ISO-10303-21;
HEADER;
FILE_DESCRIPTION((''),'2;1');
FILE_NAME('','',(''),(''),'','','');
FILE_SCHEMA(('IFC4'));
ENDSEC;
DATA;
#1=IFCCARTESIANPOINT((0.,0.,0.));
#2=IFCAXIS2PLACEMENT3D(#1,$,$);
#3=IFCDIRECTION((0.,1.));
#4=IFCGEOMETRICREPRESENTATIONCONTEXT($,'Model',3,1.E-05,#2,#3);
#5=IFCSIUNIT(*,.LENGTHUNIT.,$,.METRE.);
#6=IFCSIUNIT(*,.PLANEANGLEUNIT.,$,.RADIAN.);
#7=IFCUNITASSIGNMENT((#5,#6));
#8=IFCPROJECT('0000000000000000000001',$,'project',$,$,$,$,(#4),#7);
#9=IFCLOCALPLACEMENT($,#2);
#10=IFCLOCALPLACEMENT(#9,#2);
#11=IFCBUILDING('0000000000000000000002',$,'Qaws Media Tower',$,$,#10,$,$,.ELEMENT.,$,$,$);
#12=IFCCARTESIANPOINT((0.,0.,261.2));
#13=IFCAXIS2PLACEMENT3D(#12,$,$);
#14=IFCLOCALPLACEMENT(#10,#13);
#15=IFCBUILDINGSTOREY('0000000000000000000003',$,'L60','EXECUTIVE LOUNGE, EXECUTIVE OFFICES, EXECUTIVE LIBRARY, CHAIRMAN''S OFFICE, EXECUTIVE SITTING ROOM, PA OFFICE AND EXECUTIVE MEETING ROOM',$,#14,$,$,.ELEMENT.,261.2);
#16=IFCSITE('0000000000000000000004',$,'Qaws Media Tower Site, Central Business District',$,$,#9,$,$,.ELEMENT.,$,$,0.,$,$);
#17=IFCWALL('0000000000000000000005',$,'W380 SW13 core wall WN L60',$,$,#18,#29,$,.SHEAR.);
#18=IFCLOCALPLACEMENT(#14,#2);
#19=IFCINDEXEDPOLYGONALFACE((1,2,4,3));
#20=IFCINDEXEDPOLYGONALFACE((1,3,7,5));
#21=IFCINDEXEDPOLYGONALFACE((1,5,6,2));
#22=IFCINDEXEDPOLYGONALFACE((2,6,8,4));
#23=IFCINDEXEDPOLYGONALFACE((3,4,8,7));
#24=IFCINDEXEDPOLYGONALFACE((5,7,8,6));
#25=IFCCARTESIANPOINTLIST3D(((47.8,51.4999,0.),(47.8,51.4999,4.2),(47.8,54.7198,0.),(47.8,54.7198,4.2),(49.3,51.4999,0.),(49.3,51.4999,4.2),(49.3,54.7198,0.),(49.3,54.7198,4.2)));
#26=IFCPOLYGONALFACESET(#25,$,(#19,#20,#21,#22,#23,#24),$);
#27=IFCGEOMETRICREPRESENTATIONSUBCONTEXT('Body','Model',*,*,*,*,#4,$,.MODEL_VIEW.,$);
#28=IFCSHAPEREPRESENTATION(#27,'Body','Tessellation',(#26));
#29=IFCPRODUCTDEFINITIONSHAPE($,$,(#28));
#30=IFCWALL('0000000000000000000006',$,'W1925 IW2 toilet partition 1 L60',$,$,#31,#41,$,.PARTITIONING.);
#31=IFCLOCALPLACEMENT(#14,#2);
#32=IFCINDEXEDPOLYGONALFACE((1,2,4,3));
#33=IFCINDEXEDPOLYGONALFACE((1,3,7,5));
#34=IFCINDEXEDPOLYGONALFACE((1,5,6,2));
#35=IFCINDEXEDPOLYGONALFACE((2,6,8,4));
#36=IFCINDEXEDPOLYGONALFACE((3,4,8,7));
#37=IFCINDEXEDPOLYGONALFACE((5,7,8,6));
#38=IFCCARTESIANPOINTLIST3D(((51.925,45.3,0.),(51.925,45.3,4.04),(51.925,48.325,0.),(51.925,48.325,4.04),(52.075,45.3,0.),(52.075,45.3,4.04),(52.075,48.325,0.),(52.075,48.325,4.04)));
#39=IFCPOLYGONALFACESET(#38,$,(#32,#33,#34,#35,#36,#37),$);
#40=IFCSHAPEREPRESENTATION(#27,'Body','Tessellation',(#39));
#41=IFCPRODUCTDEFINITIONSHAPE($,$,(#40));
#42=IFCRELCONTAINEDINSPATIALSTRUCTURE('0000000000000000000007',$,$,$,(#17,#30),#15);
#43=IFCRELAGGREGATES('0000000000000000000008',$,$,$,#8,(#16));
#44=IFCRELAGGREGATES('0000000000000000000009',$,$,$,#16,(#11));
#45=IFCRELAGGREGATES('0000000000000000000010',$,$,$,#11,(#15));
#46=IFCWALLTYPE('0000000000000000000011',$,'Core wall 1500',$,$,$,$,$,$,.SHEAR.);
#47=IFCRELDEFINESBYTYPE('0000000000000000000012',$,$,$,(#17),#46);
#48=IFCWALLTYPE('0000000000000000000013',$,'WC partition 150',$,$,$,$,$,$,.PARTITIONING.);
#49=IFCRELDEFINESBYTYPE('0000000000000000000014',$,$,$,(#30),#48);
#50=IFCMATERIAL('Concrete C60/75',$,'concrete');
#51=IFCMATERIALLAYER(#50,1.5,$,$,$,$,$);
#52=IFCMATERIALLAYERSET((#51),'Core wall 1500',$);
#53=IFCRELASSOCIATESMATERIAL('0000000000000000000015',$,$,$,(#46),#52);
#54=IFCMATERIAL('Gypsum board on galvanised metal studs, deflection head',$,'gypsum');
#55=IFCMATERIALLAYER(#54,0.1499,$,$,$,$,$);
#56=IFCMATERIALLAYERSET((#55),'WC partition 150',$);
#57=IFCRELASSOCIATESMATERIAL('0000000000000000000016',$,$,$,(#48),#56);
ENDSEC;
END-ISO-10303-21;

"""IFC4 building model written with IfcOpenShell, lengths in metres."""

from ifc_helpers import new_model, si_unit, direction, frame, frame_2d, origin, place, context, subcontext, project, spatial, rectangle, extrude, material, layer, layer_set, type_object, element, save


model = new_model("IFC4")

# Units and contexts
model_context = context("Model", 3, precision=1e-05, world=origin(), true_north=direction((0.0, 1.0)))
body_context = subcontext(model_context, "Body", "Model", "MODEL_VIEW")
ifc_project = project(units=[si_unit("LENGTHUNIT", "METRE"), si_unit("PLANEANGLEUNIT", "RADIAN")], contexts=[model_context])

# Site, building, storey
site_placement = place(None, origin())
site = spatial("IfcSite", under=ifc_project, at=site_placement, Name="Qaws Media Tower Site, Central Business District", CompositionType="ELEMENT", RefElevation=0.0)
building_placement = place(site_placement, origin())
building = spatial("IfcBuilding", under=site, at=building_placement, Name="Qaws Media Tower", CompositionType="ELEMENT")
storey_placement = place(building_placement, frame((0.0, 0.0, 261.2)))
storey = spatial("IfcBuildingStorey", under=building, at=storey_placement, Name="L60", Description="EXECUTIVE LOUNGE, EXECUTIVE OFFICES, EXECUTIVE LIBRARY, CHAIRMAN'S OFFICE, EXECUTIVE SITTING ROOM, PA OFFICE AND EXECUTIVE MEETING ROOM", CompositionType="ELEMENT", Elevation=261.2)

# Shared definitions
ifc_material_1 = material(Name="Concrete C60/75", Category="concrete")
ifc_layer_1 = layer(ifc_material_1, 1.5)
ifc_layer_set_1 = layer_set([ifc_layer_1], Name="Core wall 1500")
wall_type_1 = type_object("IfcWallType", Name="Core wall 1500", PredefinedType="SHEAR", material=ifc_layer_set_1)

# Walls
wall_1_placement = place(storey_placement, frame((48.55, 51.5, 0.0), z_axis=(0.0, 0.0, 1.0), x_axis=(0.0, 1.0, 0.0)))
element("IfcWall", 1, at=wall_1_placement, inside=storey, type_object=wall_type_1, Name="W380 SW13 core wall WN L60", PredefinedType="SHEAR", context=body_context, shape_type="SweptSolid", body=[
    extrude(rectangle(XDim=3.22, YDim=1.5, at=frame_2d((1.6099, 0.0))), origin(), (0.0, 0.0, 1.0), 4.2),
])
ifc_material_2 = material(Name="Gypsum board on galvanised metal studs, deflection head", Category="gypsum")
ifc_layer_2 = layer(ifc_material_2, 0.1499)
ifc_layer_set_2 = layer_set([ifc_layer_2], Name="WC partition 150")
wall_type_2 = type_object("IfcWallType", Name="WC partition 150", PredefinedType="PARTITIONING", material=ifc_layer_set_2)
wall_2_placement = place(storey_placement, frame((52.0, 45.3, 0.0), z_axis=(0.0, 0.0, 1.0), x_axis=(0.0, 1.0, 0.0)))
element("IfcWall", 2, at=wall_2_placement, inside=storey, type_object=wall_type_2, Name="W1925 IW2 toilet partition 1 L60", PredefinedType="PARTITIONING", context=body_context, shape_type="SweptSolid", body=[
    extrude(rectangle(XDim=3.0249, YDim=0.1499, at=frame_2d((1.5125, 0.0))), origin(), (0.0, 0.0, 1.0), 4.04),
])

save(model, "model.ifc")
